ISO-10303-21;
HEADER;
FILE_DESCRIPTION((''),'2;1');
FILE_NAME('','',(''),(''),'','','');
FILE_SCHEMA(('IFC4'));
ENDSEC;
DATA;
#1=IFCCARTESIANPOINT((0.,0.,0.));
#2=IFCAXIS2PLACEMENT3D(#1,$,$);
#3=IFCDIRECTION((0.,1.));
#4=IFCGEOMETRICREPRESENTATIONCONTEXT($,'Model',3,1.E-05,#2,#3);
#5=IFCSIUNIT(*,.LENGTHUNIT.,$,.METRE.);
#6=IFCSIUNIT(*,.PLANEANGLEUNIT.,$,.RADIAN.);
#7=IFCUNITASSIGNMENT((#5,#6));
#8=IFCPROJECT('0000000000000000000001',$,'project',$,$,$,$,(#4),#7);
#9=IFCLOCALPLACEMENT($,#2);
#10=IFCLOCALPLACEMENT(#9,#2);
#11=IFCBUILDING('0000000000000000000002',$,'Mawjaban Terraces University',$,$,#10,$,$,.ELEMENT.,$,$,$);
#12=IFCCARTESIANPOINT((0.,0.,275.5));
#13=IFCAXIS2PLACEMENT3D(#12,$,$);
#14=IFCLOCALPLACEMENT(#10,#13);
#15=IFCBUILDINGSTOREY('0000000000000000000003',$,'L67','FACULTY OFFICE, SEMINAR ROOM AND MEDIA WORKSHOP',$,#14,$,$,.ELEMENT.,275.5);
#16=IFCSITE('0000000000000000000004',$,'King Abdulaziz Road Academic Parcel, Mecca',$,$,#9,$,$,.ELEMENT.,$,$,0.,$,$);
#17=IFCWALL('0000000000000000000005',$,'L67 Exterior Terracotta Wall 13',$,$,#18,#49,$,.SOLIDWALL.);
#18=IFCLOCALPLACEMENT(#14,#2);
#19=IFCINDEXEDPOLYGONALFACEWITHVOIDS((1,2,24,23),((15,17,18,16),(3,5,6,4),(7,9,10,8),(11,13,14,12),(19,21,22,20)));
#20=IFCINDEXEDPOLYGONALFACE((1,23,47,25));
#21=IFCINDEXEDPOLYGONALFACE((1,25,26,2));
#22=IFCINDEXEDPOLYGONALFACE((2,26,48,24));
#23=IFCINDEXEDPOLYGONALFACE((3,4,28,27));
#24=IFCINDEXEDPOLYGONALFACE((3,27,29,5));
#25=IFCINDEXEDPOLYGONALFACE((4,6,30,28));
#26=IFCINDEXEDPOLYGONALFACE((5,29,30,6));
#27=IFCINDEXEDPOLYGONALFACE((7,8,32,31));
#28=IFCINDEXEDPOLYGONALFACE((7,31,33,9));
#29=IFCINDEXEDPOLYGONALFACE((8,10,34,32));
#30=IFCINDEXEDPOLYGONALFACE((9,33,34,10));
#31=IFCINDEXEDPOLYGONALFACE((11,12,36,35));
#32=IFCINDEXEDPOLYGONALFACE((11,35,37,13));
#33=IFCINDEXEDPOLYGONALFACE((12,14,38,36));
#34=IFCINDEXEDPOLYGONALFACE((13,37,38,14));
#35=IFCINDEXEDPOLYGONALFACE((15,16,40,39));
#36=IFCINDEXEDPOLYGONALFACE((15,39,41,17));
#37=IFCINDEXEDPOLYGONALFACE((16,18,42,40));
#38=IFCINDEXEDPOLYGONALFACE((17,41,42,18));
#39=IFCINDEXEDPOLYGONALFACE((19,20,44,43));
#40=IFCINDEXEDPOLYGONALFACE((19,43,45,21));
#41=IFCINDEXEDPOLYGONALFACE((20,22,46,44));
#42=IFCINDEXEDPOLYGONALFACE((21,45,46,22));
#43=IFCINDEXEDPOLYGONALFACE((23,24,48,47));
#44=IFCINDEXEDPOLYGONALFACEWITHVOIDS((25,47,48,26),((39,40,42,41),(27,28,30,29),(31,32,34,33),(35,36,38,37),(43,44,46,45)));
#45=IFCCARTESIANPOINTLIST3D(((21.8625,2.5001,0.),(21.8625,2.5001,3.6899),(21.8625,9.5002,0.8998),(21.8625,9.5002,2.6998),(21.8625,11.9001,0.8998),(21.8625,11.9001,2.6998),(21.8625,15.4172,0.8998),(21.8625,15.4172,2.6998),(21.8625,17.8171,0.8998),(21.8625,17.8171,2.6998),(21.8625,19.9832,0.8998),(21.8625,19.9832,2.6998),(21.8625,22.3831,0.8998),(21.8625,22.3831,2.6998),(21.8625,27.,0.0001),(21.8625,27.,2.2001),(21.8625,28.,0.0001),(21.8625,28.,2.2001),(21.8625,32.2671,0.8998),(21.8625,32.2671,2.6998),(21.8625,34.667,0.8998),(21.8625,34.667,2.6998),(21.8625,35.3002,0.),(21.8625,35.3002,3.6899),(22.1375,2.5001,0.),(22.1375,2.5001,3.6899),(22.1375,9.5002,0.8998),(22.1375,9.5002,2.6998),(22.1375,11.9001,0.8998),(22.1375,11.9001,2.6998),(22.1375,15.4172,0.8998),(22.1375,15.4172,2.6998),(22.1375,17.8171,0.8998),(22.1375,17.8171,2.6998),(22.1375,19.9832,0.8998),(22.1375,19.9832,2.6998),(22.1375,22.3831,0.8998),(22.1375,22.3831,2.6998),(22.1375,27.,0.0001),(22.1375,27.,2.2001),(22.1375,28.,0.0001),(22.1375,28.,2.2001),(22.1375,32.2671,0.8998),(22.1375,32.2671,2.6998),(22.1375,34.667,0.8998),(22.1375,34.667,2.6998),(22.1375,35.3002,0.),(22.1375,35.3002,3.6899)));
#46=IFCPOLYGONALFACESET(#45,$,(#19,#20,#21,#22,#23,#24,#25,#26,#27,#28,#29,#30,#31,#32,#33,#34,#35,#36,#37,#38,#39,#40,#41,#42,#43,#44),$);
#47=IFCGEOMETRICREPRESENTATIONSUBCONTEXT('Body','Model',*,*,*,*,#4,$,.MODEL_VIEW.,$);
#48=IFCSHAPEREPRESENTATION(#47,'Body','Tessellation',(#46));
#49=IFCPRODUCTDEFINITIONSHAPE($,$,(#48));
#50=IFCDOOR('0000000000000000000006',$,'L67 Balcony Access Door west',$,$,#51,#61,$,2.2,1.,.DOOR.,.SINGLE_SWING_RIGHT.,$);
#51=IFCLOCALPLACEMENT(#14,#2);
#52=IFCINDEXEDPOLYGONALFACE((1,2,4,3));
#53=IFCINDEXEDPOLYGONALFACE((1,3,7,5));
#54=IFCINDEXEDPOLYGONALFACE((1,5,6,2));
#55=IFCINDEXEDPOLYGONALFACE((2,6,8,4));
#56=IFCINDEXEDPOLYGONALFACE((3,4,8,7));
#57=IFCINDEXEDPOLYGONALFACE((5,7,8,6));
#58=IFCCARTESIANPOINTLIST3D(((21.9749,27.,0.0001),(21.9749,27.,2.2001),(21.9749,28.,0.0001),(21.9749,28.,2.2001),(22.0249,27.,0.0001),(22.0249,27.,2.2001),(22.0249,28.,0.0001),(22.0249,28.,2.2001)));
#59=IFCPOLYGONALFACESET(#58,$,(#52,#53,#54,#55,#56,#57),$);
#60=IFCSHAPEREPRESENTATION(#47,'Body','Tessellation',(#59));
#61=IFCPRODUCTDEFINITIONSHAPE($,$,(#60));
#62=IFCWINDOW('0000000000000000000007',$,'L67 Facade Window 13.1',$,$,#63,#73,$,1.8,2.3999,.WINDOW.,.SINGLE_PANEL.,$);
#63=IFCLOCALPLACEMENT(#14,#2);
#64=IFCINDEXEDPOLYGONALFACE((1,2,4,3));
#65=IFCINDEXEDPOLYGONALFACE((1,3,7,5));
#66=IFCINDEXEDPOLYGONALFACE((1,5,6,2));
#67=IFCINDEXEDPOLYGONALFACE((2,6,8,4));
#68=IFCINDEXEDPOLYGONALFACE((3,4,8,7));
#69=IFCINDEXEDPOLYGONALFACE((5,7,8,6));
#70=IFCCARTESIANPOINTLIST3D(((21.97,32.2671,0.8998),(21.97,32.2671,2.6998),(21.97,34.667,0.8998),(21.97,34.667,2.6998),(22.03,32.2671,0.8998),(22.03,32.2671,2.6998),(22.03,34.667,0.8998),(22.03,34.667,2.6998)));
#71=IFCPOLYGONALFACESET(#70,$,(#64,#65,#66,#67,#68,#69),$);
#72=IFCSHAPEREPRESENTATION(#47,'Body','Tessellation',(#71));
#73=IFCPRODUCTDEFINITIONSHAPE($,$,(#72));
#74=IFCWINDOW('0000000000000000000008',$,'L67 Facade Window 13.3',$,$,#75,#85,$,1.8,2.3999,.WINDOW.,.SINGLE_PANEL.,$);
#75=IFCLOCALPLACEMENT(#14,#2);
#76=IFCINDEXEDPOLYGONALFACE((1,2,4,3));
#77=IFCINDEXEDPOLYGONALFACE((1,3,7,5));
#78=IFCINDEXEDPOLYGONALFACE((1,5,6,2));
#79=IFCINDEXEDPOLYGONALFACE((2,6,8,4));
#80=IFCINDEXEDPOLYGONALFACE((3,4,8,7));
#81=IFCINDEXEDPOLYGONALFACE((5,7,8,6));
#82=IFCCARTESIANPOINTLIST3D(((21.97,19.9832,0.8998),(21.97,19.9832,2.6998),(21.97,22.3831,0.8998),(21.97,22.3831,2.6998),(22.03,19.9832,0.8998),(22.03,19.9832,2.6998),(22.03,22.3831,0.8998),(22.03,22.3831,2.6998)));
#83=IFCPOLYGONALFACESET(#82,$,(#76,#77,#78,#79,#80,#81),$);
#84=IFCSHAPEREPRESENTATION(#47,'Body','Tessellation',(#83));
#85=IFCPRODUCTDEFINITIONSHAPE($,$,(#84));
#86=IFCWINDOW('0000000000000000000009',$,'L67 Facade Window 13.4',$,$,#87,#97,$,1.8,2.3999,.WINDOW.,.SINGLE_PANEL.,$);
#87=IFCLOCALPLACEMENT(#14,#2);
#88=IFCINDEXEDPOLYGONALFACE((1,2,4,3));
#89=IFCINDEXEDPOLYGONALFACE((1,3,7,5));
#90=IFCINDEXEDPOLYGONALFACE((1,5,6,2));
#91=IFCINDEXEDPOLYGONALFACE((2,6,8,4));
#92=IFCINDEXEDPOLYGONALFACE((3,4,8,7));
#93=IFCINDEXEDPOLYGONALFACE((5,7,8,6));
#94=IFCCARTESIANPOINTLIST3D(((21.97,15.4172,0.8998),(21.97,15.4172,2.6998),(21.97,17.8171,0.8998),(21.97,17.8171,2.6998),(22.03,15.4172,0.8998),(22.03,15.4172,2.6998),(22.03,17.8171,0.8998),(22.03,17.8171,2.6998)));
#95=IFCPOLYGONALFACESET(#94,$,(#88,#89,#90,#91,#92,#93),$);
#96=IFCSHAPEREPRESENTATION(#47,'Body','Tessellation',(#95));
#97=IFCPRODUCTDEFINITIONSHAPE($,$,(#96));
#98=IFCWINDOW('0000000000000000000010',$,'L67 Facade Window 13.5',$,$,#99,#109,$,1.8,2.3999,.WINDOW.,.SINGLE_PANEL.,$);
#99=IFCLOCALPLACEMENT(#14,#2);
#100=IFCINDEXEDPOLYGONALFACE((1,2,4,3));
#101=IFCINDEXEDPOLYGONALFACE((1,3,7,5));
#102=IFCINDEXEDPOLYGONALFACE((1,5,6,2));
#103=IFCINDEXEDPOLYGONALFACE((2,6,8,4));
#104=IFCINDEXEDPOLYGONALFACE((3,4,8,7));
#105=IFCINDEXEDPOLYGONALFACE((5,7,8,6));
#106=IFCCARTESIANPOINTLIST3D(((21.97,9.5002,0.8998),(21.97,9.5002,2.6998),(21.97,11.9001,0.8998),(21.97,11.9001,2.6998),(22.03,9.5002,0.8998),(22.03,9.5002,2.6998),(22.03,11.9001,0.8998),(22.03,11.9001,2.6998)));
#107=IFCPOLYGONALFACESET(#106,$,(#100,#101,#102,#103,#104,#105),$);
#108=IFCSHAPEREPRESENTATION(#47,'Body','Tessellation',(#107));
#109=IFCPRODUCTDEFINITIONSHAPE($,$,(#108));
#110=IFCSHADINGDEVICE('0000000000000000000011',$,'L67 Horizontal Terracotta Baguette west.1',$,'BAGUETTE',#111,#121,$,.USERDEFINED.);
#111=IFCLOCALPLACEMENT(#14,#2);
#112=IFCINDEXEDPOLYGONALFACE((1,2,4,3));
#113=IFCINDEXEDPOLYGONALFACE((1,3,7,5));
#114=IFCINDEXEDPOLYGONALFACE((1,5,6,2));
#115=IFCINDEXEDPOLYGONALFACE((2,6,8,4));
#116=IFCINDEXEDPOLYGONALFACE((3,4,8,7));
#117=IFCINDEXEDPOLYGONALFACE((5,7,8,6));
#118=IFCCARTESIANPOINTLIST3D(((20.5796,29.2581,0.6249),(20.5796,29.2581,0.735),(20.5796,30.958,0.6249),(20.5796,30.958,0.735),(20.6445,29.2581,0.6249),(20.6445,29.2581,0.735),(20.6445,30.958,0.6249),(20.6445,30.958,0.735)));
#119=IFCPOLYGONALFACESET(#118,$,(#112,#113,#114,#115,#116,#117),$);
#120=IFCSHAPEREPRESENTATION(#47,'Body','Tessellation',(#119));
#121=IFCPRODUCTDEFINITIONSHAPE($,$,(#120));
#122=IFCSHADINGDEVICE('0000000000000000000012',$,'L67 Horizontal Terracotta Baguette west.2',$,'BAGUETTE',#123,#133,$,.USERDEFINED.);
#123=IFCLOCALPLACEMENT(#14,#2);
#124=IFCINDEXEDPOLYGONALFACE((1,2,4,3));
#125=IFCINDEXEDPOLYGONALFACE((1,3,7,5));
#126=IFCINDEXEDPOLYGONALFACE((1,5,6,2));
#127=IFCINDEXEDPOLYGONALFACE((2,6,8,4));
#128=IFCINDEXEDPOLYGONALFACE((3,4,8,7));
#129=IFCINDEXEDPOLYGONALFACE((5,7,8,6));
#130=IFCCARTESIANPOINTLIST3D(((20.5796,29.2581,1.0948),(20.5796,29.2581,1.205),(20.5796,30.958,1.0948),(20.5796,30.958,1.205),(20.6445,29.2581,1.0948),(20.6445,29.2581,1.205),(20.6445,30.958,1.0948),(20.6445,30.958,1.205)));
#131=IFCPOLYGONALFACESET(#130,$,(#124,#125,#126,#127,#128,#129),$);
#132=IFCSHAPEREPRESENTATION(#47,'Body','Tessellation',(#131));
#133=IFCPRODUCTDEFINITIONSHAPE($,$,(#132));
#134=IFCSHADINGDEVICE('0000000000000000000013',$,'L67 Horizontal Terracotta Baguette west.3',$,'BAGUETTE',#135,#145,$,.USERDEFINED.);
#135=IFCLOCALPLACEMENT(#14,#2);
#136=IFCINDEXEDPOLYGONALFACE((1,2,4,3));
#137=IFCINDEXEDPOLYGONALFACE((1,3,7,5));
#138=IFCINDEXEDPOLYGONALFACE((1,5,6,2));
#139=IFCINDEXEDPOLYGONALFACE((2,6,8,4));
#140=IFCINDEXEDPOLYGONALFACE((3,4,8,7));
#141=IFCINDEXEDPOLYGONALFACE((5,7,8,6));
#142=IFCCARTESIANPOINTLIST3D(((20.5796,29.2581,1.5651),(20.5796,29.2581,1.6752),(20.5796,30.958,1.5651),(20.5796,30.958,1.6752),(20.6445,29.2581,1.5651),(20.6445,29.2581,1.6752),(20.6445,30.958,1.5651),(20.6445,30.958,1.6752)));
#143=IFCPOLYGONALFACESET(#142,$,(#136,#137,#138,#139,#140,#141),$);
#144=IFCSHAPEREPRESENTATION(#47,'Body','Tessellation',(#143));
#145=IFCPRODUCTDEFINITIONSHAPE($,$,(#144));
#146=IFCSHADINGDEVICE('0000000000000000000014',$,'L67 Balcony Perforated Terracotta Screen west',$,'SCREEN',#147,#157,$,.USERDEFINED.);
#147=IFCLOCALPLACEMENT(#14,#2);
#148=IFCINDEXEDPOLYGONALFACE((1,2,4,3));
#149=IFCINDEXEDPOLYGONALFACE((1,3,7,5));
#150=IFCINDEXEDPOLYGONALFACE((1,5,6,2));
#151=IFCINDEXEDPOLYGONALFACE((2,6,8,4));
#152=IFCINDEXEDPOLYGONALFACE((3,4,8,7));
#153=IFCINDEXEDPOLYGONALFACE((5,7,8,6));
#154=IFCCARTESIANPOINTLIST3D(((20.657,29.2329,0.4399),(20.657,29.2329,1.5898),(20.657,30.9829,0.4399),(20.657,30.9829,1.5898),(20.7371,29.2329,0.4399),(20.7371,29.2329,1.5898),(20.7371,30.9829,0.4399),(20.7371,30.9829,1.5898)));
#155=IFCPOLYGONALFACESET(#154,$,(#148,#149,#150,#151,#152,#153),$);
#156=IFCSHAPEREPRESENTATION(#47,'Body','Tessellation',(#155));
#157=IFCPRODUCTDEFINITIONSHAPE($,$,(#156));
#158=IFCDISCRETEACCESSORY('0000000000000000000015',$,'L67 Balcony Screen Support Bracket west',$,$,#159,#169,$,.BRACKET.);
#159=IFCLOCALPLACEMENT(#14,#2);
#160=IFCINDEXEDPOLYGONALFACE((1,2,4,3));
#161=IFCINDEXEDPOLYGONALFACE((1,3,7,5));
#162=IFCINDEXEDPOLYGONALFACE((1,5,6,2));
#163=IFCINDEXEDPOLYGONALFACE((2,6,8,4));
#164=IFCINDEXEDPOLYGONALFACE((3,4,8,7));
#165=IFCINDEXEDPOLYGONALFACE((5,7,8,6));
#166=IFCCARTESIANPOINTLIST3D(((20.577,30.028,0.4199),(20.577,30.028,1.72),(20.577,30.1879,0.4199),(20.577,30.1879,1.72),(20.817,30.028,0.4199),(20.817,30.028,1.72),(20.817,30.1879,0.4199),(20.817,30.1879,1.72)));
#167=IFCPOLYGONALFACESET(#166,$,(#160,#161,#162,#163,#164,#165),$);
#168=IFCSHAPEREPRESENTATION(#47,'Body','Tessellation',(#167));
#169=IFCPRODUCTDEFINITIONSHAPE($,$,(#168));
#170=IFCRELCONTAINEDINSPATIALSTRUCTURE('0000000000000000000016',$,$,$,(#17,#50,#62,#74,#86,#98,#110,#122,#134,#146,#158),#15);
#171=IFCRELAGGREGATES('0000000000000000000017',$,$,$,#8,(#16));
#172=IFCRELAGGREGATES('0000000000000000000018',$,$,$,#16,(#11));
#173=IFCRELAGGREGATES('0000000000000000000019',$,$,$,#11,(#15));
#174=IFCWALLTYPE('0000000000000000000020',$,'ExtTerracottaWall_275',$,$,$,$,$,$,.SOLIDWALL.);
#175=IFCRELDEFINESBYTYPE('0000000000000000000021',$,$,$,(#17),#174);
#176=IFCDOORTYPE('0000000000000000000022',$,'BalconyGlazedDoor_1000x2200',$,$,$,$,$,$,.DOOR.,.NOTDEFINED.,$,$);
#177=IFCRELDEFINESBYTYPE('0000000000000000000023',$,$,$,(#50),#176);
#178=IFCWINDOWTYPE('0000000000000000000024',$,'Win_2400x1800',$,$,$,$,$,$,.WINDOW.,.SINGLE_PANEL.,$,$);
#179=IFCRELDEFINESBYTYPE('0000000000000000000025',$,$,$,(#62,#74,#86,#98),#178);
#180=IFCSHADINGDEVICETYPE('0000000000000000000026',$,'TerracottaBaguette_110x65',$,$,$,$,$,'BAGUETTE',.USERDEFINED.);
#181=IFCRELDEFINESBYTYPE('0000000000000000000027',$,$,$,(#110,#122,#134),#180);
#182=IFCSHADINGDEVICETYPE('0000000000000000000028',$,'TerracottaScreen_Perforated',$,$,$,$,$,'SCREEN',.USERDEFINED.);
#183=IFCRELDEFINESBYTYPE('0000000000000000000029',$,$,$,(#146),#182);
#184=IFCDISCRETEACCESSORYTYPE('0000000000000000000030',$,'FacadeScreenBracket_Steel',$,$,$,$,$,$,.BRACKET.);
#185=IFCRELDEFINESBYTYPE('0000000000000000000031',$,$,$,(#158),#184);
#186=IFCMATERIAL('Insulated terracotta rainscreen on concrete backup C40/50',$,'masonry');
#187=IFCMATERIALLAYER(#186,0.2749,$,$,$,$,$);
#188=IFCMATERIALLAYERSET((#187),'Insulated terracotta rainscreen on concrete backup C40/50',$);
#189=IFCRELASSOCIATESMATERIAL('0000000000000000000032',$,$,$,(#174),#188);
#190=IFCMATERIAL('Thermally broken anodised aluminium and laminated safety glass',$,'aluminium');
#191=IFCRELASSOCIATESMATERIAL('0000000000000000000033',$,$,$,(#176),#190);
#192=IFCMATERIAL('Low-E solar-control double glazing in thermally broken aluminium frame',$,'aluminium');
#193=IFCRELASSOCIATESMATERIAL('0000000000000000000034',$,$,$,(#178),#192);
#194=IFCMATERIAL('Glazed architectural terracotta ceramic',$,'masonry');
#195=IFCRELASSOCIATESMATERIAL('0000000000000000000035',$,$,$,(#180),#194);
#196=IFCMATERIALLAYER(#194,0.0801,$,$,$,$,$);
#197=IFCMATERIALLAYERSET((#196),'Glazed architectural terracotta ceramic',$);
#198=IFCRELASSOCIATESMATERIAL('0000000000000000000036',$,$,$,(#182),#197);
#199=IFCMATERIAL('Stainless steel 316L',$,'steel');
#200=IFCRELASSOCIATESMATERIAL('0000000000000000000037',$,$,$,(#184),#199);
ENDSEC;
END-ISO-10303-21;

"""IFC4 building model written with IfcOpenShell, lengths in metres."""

from ifc_helpers import new_model, si_unit, direction, frame, frame_2d, origin, origin_2d, place, context, subcontext, project, spatial, rectangle, extrude, material, layer, layer_set, material_profile, profile_set, type_object, element, fill, save


model = new_model("IFC4")

# Units and contexts
model_context = context("Model", 3, precision=1e-05, world=origin(), true_north=direction((0.0, 1.0)))
body_context = subcontext(model_context, "Body", "Model", "MODEL_VIEW")
ifc_project = project(units=[si_unit("LENGTHUNIT", "METRE"), si_unit("PLANEANGLEUNIT", "RADIAN")], contexts=[model_context])

# Site, building, storey
site_placement = place(None, origin())
site = spatial("IfcSite", under=ifc_project, at=site_placement, Name="King Abdulaziz Road Academic Parcel, Mecca", CompositionType="ELEMENT", RefElevation=0.0)
building_placement = place(site_placement, origin())
building = spatial("IfcBuilding", under=site, at=building_placement, Name="Mawjaban Terraces University", CompositionType="ELEMENT")
storey_placement = place(building_placement, frame((0.0, 0.0, 275.5)))
storey = spatial("IfcBuildingStorey", under=building, at=storey_placement, Name="L67", Description="FACULTY OFFICE, SEMINAR ROOM AND MEDIA WORKSHOP", CompositionType="ELEMENT", Elevation=275.5)

# Shared definitions
ifc_material_1 = material(Name="Insulated terracotta rainscreen on concrete backup C40/50", Category="masonry")
ifc_layer_1 = layer(ifc_material_1, 0.2749)
ifc_layer_set_1 = layer_set([ifc_layer_1], Name="Insulated terracotta rainscreen on concrete backup C40/50")
wall_type_1 = type_object("IfcWallType", Name="ExtTerracottaWall_275", PredefinedType="SOLIDWALL", material=ifc_layer_set_1)

# Wall, openings, door, windows
wall_1_placement = place(storey_placement, frame((22.0, 35.3, 0.0), z_axis=(0.0, 0.0, 1.0), x_axis=(0.0, -1.0, 0.0)))
wall_1 = element("IfcWall", 1, at=wall_1_placement, inside=storey, type_object=wall_type_1, Name="L67 Exterior Terracotta Wall 13", PredefinedType="SOLIDWALL", context=body_context, shape_type="SweptSolid", body=[
    extrude(rectangle(XDim=32.8, YDim=0.2749, at=frame_2d((16.3999, 0.0))), origin(), (0.0, 0.0, 1.0), 3.6899),
])
opening_1_placement = place(wall_1_placement, frame((7.3, 0.0, 0.0)))
opening_1 = element("IfcOpeningElement", 2, at=opening_1_placement, cuts=wall_1, PredefinedType="OPENING", context=body_context, shape_type="SweptSolid", body=[
    extrude(rectangle(XDim=1.0, YDim=2.2, at=frame_2d((0.5, 1.1001))), frame((0.0, 0.1475, 0.0), z_axis=(0.0, -1.0, 0.0), x_axis=(1.0, 0.0, 0.0)), (0.0, 0.0, 1.0), 0.2949),
])
opening_2_placement = place(wall_1_placement, frame((0.6331, 0.0, 0.8999)))
opening_2 = element("IfcOpeningElement", 3, at=opening_2_placement, cuts=wall_1, PredefinedType="OPENING", context=body_context, shape_type="SweptSolid", body=[
    extrude(rectangle(XDim=2.3999, YDim=1.8, at=frame_2d((1.2, 0.8999))), frame((0.0, 0.1475, 0.0), z_axis=(0.0, -1.0, 0.0), x_axis=(1.0, 0.0, 0.0)), (0.0, 0.0, 1.0), 0.2949),
])
opening_3_placement = place(wall_1_placement, frame((12.917, 0.0, 0.8999)))
opening_3 = element("IfcOpeningElement", 4, at=opening_3_placement, cuts=wall_1, PredefinedType="OPENING", context=body_context, shape_type="SweptSolid", body=[
    extrude(rectangle(XDim=2.3999, YDim=1.8, at=frame_2d((1.2, 0.8999))), frame((0.0, 0.1475, 0.0), z_axis=(0.0, -1.0, 0.0), x_axis=(1.0, 0.0, 0.0)), (0.0, 0.0, 1.0), 0.2949),
])
opening_4_placement = place(wall_1_placement, frame((17.4829, 0.0, 0.8999)))
opening_4 = element("IfcOpeningElement", 5, at=opening_4_placement, cuts=wall_1, PredefinedType="OPENING", context=body_context, shape_type="SweptSolid", body=[
    extrude(rectangle(XDim=2.3999, YDim=1.8, at=frame_2d((1.2, 0.8999))), frame((0.0, 0.1475, 0.0), z_axis=(0.0, -1.0, 0.0), x_axis=(1.0, 0.0, 0.0)), (0.0, 0.0, 1.0), 0.2949),
])
opening_5_placement = place(wall_1_placement, frame((23.3999, 0.0, 0.8999)))
opening_5 = element("IfcOpeningElement", 6, at=opening_5_placement, cuts=wall_1, PredefinedType="OPENING", context=body_context, shape_type="SweptSolid", body=[
    extrude(rectangle(XDim=2.3999, YDim=1.8, at=frame_2d((1.2, 0.8999))), frame((0.0, 0.1475, 0.0), z_axis=(0.0, -1.0, 0.0), x_axis=(1.0, 0.0, 0.0)), (0.0, 0.0, 1.0), 0.2949),
])
ifc_material_2 = material(Name="Thermally broken anodised aluminium and laminated safety glass", Category="aluminium")
door_type_1 = type_object("IfcDoorType", Name="BalconyGlazedDoor_1000x2200", OperationType="NOTDEFINED", PredefinedType="DOOR", material=ifc_material_2)
door_1_placement = place(opening_1_placement, origin())
door_1 = element("IfcDoor", 7, at=door_1_placement, inside=storey, type_object=door_type_1, Name="L67 Balcony Access Door west", OperationType="SINGLE_SWING_RIGHT", OverallHeight=2.2, OverallWidth=1.0, PredefinedType="DOOR", context=body_context, shape_type="SweptSolid", body=[
    extrude(rectangle(XDim=1.0, YDim=2.2, at=frame_2d((0.5, 1.1001))), frame((0.0, 0.0249, 0.0), z_axis=(0.0, -1.0, 0.0), x_axis=(1.0, 0.0, 0.0)), (0.0, 0.0, 1.0), 0.05),
])
fill(opening_1, door_1)
ifc_material_3 = material(Name="Low-E solar-control double glazing in thermally broken aluminium frame", Category="aluminium")
window_type = type_object("IfcWindowType", Name="Win_2400x1800", PartitioningType="SINGLE_PANEL", PredefinedType="WINDOW", material=ifc_material_3)
window_1_placement = place(opening_2_placement, origin())
window_1 = element("IfcWindow", 8, at=window_1_placement, inside=storey, type_object=window_type, Name="L67 Facade Window 13.1", OverallHeight=1.8, OverallWidth=2.3999, PartitioningType="SINGLE_PANEL", PredefinedType="WINDOW", context=body_context, shape_type="SweptSolid", body=[
    extrude(rectangle(XDim=2.3999, YDim=1.8, at=frame_2d((1.2, 0.8999))), frame((0.0, 0.03, 0.0), z_axis=(0.0, -1.0, 0.0), x_axis=(1.0, 0.0, 0.0)), (0.0, 0.0, 1.0), 0.0601),
])
fill(opening_2, window_1)
window_2_placement = place(opening_3_placement, origin())
window_2 = element("IfcWindow", 9, at=window_2_placement, inside=storey, type_object=window_type, Name="L67 Facade Window 13.3", OverallHeight=1.8, OverallWidth=2.3999, PartitioningType="SINGLE_PANEL", PredefinedType="WINDOW", context=body_context, shape_type="SweptSolid", body=[
    extrude(rectangle(XDim=2.3999, YDim=1.8, at=frame_2d((1.2, 0.8999))), frame((0.0, 0.03, 0.0), z_axis=(0.0, -1.0, 0.0), x_axis=(1.0, 0.0, 0.0)), (0.0, 0.0, 1.0), 0.0601),
])
fill(opening_3, window_2)
window_3_placement = place(opening_4_placement, origin())
window_3 = element("IfcWindow", 10, at=window_3_placement, inside=storey, type_object=window_type, Name="L67 Facade Window 13.4", OverallHeight=1.8, OverallWidth=2.3999, PartitioningType="SINGLE_PANEL", PredefinedType="WINDOW", context=body_context, shape_type="SweptSolid", body=[
    extrude(rectangle(XDim=2.3999, YDim=1.8, at=frame_2d((1.2, 0.8999))), frame((0.0, 0.03, 0.0), z_axis=(0.0, -1.0, 0.0), x_axis=(1.0, 0.0, 0.0)), (0.0, 0.0, 1.0), 0.0601),
])
fill(opening_4, window_3)
window_4_placement = place(opening_5_placement, origin())
window_4 = element("IfcWindow", 11, at=window_4_placement, inside=storey, type_object=window_type, Name="L67 Facade Window 13.5", OverallHeight=1.8, OverallWidth=2.3999, PartitioningType="SINGLE_PANEL", PredefinedType="WINDOW", context=body_context, shape_type="SweptSolid", body=[
    extrude(rectangle(XDim=2.3999, YDim=1.8, at=frame_2d((1.2, 0.8999))), frame((0.0, 0.03, 0.0), z_axis=(0.0, -1.0, 0.0), x_axis=(1.0, 0.0, 0.0)), (0.0, 0.0, 1.0), 0.0601),
])
fill(opening_5, window_4)

# Shading devices
ifc_material_4 = material(Name="Glazed architectural terracotta ceramic", Category="masonry")
ifc_material_profile_1 = material_profile(ifc_material_4, rectangle(XDim=0.0649, YDim=0.1101, at=origin_2d()), Name="TBAG110X65")
ifc_profile_set_1 = profile_set([ifc_material_profile_1], Name="Glazed architectural terracotta ceramic")
shading_device_type_1 = type_object("IfcShadingDeviceType", Name="TerracottaBaguette_110x65", ElementType="BAGUETTE", PredefinedType="USERDEFINED", material=ifc_profile_set_1)
for number, where, z_axis, x_axis, name in (
    (12, (20.6121, 29.2581, 0.6799), (0.0, 1.0, 0.0), (-1.0, 0.0, 0.0), "L67 Horizontal Terracotta Baguette west.1"),
    (13, (20.6121, 29.2581, 1.1499), (0.0, 1.0, 0.0), (-1.0, 0.0, 0.0), "L67 Horizontal Terracotta Baguette west.2"),
    (14, (20.6121, 29.2581, 1.6201), (0.0, 1.0, 0.0), (-1.0, 0.0, 0.0), "L67 Horizontal Terracotta Baguette west.3"),
):
    element("IfcShadingDevice", number, at=place(storey_placement, frame(where, z_axis=z_axis, x_axis=x_axis)), inside=storey, type_object=shading_device_type_1, Name=name, ObjectType="BAGUETTE", PredefinedType="USERDEFINED", context=body_context, shape_type="SweptSolid", body=[
        extrude(rectangle(XDim=0.0649, YDim=0.1101, at=origin_2d()), origin(), (0.0, 0.0, 1.0), 1.7),
    ])
ifc_layer_2 = layer(ifc_material_4, 0.0801)
ifc_layer_set_2 = layer_set([ifc_layer_2], Name="Glazed architectural terracotta ceramic")
shading_device_type_2 = type_object("IfcShadingDeviceType", Name="TerracottaScreen_Perforated", ElementType="SCREEN", PredefinedType="USERDEFINED", material=ifc_layer_set_2)
shading_device_placement = place(storey_placement, frame((20.697, 30.1079, 0.4399), z_axis=(0.0, 0.0, 1.0), x_axis=(0.0, 1.0, 0.0)))
element("IfcShadingDevice", 15, at=shading_device_placement, inside=storey, type_object=shading_device_type_2, Name="L67 Balcony Perforated Terracotta Screen west", ObjectType="SCREEN", PredefinedType="USERDEFINED", context=body_context, shape_type="SweptSolid", body=[
    extrude(rectangle(XDim=1.75, YDim=0.0801, at=origin_2d()), origin(), (0.0, 0.0, 1.0), 1.1499),
])

# Discrete accessory
ifc_material_5 = material(Name="Stainless steel 316L", Category="steel")
discrete_accessory_type_1 = type_object("IfcDiscreteAccessoryType", Name="FacadeScreenBracket_Steel", PredefinedType="BRACKET", material=ifc_material_5)
discrete_accessory_1_placement = place(storey_placement, frame((20.697, 30.1079, 0.4199), z_axis=(0.0, 0.0, 1.0), x_axis=(0.0, 1.0, 0.0)))
element("IfcDiscreteAccessory", 16, at=discrete_accessory_1_placement, inside=storey, type_object=discrete_accessory_type_1, Name="L67 Balcony Screen Support Bracket west", PredefinedType="BRACKET", context=body_context, shape_type="SweptSolid", body=[
    extrude(rectangle(XDim=0.1599, YDim=0.24, at=origin_2d()), origin(), (0.0, 0.0, 1.0), 1.3),
])

save(model, "model.ifc")
